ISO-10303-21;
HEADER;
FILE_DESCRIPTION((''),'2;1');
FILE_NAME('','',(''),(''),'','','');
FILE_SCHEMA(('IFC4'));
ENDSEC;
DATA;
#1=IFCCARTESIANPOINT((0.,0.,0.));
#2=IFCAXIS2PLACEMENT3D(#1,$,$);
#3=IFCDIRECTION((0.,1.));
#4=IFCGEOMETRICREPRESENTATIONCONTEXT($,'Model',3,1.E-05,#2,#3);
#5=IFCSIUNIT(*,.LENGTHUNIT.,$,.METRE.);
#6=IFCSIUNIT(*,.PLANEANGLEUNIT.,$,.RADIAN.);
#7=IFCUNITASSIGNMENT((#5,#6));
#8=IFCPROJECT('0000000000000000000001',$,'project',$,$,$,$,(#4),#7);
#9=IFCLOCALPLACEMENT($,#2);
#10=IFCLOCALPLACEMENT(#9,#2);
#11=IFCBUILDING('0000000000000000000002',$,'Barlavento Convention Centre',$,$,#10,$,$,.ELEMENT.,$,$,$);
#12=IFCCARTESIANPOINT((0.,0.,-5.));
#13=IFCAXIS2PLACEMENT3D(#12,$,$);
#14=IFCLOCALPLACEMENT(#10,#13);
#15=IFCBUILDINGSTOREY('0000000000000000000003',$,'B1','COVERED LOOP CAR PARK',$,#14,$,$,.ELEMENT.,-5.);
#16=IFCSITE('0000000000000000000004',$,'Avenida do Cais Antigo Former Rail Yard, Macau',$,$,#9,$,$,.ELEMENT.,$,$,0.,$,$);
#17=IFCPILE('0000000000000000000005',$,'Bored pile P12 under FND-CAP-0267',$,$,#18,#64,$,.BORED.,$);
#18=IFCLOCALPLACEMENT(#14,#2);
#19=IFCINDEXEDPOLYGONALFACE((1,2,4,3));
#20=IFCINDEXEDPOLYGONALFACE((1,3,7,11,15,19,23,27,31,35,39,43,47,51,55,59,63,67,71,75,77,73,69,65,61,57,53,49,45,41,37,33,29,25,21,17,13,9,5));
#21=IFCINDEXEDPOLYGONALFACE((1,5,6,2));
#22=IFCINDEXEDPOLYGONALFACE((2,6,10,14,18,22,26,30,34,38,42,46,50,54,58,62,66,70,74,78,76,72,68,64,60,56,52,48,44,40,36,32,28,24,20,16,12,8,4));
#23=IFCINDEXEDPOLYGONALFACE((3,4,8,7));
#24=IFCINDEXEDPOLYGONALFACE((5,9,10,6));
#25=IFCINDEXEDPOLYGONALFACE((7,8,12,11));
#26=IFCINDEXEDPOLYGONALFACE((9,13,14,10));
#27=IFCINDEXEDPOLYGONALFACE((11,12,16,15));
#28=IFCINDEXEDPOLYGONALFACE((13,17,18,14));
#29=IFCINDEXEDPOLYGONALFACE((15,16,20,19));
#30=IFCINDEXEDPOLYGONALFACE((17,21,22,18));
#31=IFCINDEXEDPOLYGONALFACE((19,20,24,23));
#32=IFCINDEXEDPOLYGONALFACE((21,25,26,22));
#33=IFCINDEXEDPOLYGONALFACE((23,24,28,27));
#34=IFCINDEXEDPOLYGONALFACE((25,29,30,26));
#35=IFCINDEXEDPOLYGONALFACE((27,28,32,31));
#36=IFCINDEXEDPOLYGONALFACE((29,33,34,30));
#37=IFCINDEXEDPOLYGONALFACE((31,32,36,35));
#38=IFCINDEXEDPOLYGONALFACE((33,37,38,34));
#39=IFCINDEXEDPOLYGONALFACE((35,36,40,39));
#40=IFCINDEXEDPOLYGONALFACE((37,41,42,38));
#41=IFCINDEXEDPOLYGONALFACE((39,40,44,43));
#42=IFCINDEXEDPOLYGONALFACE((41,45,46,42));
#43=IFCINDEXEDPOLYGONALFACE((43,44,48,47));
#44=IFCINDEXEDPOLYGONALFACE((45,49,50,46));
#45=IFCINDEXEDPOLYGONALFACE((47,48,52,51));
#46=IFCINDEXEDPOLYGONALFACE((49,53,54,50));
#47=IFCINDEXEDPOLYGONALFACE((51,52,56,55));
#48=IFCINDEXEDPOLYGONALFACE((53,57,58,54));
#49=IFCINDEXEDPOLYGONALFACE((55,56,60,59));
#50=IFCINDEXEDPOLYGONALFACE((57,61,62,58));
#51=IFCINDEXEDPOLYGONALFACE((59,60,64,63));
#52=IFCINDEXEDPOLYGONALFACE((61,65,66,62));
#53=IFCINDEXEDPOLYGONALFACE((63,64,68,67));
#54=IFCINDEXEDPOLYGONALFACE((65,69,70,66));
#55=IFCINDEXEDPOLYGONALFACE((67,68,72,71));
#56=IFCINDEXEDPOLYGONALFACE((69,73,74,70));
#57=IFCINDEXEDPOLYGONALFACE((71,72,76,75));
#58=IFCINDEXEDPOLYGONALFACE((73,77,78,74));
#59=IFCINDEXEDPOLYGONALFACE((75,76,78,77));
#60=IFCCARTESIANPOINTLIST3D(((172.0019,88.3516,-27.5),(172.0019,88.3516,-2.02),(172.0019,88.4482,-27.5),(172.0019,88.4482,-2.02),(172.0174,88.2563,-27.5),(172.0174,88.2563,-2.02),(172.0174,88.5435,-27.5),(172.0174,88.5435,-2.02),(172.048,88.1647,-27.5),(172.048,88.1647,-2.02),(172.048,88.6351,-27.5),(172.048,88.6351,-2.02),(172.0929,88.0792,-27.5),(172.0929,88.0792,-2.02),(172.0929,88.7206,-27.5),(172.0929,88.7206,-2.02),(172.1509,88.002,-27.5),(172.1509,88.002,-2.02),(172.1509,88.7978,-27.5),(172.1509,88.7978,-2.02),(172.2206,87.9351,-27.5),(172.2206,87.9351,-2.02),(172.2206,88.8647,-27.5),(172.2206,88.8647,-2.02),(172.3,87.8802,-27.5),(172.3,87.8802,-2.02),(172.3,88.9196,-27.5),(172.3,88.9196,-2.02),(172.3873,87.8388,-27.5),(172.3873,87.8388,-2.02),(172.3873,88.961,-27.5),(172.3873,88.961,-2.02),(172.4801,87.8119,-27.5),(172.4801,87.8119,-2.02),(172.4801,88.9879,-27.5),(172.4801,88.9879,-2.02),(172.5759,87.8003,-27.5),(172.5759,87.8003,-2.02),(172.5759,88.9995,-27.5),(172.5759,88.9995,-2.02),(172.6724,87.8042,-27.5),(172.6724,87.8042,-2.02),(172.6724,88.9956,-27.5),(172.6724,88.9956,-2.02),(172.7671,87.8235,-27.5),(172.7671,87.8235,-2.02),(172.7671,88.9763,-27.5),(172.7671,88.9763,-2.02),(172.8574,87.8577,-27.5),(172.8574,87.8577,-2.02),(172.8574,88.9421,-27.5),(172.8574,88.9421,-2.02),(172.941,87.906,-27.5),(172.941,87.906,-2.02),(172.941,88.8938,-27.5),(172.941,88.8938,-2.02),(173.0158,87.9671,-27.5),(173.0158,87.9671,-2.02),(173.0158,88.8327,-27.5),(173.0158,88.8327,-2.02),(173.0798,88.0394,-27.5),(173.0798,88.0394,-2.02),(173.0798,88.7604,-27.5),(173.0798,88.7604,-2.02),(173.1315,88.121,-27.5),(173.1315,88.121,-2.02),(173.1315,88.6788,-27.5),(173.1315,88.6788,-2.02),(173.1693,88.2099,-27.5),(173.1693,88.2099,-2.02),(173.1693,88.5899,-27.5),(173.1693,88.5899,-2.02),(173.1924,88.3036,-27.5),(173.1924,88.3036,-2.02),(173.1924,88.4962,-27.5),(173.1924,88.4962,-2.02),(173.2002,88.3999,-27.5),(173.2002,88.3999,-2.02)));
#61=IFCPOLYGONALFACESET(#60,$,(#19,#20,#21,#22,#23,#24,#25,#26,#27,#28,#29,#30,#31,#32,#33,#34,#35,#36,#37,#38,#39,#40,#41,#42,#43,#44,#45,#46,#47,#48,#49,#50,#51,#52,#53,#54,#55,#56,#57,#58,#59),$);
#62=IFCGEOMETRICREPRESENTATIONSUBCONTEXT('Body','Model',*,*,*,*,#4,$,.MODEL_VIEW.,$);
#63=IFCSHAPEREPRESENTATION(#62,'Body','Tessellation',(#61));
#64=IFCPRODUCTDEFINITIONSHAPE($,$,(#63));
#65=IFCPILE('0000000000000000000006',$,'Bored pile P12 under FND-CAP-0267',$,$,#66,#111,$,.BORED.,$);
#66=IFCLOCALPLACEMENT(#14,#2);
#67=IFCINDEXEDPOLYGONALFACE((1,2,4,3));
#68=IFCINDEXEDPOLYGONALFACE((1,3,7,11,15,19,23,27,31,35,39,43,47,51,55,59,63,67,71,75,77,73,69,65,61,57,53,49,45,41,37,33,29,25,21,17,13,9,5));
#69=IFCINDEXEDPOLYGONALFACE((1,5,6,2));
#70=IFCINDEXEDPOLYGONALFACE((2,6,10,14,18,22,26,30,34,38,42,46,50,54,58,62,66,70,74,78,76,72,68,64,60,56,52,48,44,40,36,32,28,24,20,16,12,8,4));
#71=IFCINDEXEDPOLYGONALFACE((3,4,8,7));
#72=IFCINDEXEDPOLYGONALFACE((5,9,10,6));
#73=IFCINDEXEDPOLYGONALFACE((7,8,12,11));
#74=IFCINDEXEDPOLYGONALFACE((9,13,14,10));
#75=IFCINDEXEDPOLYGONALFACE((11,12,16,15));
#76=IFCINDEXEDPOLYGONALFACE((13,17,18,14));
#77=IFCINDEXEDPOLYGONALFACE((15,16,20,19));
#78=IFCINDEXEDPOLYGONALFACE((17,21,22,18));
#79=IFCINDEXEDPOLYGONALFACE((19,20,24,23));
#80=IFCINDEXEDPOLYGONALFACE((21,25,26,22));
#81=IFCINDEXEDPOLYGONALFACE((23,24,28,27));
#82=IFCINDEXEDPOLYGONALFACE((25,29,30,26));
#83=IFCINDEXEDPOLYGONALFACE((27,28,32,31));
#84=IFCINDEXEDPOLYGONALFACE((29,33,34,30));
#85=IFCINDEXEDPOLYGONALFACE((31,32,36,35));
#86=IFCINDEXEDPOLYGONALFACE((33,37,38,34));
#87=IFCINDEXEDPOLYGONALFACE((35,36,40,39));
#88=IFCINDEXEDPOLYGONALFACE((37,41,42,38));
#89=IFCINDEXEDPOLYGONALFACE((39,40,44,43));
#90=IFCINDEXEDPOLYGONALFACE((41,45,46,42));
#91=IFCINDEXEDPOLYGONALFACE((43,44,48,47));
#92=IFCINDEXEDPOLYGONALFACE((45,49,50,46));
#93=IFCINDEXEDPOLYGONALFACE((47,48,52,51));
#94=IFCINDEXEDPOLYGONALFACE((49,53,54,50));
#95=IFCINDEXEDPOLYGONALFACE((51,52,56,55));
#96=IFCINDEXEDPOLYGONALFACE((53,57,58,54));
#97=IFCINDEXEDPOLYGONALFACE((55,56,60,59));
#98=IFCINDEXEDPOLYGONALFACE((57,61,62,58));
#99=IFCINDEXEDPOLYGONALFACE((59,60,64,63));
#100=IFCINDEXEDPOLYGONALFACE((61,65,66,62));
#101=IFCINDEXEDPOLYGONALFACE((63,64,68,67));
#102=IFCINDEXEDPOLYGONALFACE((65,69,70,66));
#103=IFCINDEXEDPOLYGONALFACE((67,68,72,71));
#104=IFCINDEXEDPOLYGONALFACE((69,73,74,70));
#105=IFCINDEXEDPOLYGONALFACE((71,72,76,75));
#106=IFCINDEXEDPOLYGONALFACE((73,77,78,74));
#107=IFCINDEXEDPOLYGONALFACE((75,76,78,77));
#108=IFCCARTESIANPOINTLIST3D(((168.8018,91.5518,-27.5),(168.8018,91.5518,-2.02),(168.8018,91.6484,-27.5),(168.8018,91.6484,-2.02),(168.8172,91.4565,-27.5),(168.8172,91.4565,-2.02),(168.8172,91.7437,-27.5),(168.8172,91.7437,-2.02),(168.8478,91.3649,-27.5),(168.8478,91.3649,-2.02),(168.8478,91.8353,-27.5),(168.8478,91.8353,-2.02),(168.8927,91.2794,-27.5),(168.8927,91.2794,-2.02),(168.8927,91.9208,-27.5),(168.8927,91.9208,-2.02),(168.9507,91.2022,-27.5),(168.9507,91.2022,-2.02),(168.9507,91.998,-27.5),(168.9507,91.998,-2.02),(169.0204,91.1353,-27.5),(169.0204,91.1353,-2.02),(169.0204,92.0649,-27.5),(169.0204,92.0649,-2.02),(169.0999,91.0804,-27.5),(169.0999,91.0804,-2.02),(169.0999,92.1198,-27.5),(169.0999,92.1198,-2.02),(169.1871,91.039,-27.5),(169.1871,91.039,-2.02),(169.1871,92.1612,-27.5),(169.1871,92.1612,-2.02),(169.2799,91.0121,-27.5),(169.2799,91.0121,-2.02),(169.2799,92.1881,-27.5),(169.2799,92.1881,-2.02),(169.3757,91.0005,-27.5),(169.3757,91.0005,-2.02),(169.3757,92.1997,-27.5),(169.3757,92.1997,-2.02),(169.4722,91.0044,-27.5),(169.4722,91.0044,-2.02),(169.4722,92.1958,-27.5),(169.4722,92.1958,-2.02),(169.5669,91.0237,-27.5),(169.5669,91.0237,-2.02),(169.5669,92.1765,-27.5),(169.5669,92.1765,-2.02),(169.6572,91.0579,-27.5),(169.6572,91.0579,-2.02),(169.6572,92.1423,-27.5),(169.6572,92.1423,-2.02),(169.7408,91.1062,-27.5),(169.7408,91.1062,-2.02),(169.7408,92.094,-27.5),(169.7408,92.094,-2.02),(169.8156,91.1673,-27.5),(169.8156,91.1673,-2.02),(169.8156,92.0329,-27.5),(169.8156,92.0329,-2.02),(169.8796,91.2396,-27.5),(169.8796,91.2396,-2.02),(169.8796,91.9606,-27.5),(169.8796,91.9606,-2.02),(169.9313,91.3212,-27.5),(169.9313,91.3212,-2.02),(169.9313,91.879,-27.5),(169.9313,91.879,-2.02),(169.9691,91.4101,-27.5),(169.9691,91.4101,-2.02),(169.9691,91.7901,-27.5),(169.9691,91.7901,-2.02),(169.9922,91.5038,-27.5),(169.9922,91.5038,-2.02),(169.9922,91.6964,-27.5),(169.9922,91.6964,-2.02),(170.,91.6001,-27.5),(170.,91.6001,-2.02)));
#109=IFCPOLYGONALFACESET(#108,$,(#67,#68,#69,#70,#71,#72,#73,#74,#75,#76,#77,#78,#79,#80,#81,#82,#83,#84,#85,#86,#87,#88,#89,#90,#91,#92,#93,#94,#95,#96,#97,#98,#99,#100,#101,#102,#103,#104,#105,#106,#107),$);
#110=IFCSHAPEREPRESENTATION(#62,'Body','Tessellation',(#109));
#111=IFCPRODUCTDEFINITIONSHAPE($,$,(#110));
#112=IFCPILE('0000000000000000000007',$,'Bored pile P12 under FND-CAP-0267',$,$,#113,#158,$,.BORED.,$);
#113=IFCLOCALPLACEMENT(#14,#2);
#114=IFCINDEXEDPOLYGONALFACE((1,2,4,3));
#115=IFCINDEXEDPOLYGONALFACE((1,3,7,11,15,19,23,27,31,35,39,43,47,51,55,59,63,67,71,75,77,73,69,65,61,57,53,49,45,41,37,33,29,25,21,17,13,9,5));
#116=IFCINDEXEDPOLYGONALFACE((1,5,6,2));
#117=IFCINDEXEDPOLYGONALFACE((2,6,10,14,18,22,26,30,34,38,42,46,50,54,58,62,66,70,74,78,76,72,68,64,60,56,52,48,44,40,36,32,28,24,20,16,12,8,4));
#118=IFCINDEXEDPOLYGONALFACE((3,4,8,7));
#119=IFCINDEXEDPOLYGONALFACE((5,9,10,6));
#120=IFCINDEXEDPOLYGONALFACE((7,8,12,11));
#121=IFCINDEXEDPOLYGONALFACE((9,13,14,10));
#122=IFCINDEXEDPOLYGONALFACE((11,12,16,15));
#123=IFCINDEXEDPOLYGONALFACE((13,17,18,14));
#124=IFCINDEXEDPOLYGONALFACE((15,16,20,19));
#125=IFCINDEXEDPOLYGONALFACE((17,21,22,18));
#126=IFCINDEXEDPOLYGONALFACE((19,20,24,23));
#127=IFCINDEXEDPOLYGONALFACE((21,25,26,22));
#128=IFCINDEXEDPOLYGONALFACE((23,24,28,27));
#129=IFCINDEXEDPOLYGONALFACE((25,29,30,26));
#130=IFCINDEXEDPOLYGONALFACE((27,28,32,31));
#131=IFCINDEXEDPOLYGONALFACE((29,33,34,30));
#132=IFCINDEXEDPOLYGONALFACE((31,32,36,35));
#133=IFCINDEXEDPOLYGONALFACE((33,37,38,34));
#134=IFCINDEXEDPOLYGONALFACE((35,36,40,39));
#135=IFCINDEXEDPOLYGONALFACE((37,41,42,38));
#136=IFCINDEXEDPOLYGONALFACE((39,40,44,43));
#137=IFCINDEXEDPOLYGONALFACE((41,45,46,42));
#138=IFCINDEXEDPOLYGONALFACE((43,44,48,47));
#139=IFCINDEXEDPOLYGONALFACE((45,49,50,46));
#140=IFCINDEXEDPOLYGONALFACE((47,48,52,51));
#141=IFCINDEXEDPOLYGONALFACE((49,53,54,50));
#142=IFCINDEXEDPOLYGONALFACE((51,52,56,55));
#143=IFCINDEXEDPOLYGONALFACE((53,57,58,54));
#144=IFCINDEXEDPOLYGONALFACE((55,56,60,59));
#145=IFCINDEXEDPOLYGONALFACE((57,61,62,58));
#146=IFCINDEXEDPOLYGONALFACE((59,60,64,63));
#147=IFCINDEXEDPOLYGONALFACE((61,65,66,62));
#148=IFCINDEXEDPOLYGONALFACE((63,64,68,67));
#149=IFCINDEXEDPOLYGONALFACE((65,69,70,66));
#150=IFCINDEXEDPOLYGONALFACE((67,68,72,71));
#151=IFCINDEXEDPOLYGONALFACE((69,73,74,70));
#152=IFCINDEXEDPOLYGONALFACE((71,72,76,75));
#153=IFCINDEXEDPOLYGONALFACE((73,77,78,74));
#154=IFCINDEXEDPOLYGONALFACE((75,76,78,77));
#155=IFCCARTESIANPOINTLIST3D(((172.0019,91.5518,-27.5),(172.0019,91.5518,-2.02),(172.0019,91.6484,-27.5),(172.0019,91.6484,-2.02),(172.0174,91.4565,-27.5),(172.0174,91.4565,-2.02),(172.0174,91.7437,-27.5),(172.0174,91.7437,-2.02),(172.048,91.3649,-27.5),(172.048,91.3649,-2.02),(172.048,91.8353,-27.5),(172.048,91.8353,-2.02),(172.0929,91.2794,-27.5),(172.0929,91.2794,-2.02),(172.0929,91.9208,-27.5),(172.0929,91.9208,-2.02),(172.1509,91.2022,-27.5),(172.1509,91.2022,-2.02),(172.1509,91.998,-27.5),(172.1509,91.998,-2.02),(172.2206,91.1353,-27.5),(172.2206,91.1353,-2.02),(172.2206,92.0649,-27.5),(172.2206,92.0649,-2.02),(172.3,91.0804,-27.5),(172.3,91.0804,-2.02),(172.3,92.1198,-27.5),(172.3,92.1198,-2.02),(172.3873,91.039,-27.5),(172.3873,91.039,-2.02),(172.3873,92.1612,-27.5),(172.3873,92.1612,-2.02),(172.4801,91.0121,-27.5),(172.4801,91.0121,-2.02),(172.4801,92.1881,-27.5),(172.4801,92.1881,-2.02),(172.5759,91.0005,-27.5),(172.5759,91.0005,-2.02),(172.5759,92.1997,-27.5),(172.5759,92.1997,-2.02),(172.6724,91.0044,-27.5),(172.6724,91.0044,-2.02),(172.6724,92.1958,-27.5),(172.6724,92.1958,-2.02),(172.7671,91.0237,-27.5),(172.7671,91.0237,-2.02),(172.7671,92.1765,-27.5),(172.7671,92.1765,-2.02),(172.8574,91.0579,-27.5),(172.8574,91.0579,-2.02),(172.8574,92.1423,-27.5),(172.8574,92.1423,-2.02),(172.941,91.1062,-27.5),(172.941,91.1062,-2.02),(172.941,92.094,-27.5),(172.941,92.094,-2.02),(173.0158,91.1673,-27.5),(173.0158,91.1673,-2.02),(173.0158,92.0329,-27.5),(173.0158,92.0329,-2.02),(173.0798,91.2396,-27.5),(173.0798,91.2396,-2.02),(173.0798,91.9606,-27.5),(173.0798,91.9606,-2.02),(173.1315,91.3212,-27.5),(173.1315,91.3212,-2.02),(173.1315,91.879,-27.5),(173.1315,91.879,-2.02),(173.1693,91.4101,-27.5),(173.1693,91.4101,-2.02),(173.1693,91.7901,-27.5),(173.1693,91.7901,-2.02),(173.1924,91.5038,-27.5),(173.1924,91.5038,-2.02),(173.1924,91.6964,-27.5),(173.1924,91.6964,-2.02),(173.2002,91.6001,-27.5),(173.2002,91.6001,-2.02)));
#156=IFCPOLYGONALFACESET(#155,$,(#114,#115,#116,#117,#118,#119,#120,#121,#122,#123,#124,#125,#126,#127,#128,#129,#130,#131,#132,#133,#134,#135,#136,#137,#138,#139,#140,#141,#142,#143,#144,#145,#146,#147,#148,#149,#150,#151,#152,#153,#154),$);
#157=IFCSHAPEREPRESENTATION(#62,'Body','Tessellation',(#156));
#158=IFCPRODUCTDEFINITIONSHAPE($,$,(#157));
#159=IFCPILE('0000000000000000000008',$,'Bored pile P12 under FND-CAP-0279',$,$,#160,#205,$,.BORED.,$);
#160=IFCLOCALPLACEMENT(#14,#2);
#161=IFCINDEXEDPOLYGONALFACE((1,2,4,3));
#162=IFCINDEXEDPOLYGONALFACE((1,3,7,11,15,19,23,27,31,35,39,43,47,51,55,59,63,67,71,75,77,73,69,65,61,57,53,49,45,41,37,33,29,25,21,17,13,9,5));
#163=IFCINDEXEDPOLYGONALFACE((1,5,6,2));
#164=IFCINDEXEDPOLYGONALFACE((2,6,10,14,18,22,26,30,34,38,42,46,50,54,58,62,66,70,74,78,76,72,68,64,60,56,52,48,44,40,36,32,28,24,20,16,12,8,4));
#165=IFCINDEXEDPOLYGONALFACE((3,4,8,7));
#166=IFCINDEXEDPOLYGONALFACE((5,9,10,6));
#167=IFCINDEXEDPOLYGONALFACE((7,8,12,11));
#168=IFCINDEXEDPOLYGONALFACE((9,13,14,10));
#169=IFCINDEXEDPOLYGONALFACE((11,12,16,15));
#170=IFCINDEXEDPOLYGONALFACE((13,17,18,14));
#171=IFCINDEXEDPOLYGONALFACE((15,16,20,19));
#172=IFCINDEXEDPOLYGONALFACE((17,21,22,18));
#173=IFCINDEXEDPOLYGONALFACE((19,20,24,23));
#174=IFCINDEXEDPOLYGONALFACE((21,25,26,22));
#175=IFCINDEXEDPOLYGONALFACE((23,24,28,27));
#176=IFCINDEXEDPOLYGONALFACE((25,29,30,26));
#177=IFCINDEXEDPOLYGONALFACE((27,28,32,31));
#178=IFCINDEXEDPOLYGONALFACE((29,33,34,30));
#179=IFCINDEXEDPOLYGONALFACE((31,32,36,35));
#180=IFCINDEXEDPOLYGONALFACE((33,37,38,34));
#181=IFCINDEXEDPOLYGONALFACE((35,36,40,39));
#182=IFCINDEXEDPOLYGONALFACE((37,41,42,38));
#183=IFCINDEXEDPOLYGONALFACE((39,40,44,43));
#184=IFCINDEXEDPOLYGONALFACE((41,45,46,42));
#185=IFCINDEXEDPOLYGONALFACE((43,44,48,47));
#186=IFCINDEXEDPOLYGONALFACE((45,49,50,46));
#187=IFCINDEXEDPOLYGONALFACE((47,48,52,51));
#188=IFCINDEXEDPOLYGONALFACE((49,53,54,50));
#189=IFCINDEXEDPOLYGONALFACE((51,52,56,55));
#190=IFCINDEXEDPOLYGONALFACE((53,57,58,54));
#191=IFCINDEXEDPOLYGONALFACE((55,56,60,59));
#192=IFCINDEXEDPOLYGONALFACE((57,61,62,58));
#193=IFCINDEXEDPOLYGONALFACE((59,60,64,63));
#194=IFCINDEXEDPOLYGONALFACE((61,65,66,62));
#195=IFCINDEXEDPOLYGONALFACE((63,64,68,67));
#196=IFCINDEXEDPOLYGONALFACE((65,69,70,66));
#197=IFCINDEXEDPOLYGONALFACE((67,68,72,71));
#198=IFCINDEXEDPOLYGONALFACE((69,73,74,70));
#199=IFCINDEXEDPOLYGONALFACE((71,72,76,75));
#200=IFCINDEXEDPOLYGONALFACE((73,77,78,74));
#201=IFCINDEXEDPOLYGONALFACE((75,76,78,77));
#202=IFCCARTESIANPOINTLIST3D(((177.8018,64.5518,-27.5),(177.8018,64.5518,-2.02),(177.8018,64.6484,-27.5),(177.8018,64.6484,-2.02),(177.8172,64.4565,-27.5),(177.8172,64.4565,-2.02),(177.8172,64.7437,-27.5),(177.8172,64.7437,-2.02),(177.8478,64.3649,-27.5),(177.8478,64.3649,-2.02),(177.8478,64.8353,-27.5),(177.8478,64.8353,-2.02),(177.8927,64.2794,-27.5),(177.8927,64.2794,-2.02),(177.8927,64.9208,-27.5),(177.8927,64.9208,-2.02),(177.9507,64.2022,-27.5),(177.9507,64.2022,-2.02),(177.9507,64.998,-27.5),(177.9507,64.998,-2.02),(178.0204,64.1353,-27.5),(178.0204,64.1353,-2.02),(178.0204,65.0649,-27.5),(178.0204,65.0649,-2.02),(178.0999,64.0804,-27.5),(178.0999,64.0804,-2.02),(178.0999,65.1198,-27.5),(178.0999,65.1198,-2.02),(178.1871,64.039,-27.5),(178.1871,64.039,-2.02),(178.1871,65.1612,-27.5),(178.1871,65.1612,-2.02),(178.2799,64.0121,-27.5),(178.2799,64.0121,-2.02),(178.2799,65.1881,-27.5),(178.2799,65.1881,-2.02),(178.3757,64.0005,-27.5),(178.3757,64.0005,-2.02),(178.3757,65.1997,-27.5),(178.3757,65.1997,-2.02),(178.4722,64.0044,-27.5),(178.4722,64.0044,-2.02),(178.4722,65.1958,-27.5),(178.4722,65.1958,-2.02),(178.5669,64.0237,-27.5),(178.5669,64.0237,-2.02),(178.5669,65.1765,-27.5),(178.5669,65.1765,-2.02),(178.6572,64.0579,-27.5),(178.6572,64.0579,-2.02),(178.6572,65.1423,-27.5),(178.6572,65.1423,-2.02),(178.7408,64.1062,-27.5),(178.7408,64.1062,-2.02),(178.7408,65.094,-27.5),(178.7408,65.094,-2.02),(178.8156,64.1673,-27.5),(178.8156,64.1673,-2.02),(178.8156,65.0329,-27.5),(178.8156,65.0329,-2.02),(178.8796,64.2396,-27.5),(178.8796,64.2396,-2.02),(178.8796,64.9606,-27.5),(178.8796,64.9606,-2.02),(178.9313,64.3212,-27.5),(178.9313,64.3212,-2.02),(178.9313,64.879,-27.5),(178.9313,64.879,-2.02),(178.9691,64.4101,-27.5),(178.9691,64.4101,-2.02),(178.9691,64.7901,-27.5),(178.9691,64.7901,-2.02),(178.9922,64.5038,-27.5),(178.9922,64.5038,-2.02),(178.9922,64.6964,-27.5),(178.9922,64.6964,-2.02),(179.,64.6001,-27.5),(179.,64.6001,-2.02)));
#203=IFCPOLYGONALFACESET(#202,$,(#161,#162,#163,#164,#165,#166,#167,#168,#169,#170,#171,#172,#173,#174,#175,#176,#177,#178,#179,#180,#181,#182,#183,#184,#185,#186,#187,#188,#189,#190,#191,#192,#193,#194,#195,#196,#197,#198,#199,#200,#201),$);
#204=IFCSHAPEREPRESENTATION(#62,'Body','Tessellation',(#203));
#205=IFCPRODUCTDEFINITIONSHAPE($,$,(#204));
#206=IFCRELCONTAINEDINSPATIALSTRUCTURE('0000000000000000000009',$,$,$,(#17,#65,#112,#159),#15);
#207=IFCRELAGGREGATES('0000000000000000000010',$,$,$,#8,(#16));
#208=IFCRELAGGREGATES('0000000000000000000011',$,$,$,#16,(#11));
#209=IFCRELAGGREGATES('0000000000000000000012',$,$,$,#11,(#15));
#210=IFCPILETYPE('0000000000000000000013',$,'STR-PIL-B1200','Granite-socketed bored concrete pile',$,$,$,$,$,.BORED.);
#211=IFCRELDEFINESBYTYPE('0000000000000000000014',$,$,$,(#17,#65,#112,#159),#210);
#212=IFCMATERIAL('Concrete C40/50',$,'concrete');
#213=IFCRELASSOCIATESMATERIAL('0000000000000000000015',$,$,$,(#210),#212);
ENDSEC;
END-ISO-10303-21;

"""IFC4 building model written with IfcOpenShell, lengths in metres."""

from ifc_helpers import new_model, si_unit, direction, frame, origin, origin_2d, place, context, subcontext, project, spatial, circle, extrude, material, material_profile, profile_set, type_object, element, save


model = new_model("IFC4")

# Units and contexts
model_context = context("Model", 3, precision=1e-05, world=origin(), true_north=direction((0.0, 1.0)))
body_context = subcontext(model_context, "Body", "Model", "MODEL_VIEW")
ifc_project = project(units=[si_unit("LENGTHUNIT", "METRE"), si_unit("PLANEANGLEUNIT", "RADIAN")], contexts=[model_context])

# Site, building, storey
site_placement = place(None, origin())
site = spatial("IfcSite", under=ifc_project, at=site_placement, Name="Avenida do Cais Antigo Former Rail Yard, Macau", CompositionType="ELEMENT", RefElevation=0.0)
building_placement = place(site_placement, origin())
building = spatial("IfcBuilding", under=site, at=building_placement, Name="Barlavento Convention Centre", CompositionType="ELEMENT")
storey_placement = place(building_placement, frame((0.0, 0.0, -5.0)))
storey = spatial("IfcBuildingStorey", under=building, at=storey_placement, Name="B1", Description="COVERED LOOP CAR PARK", CompositionType="ELEMENT", Elevation=-5.0)

# Shared definitions
ifc_material_1 = material(Name="Concrete C40/50", Category="concrete")

# Piles
ifc_material_profile_1 = material_profile(ifc_material_1, circle(Radius=0.6001, at=origin_2d()), Name="BORED PILE 1200")
ifc_profile_set_1 = profile_set([ifc_material_profile_1], Name="Concrete C40/50")
pile_type_1 = type_object("IfcPileType", Name="STR-PIL-B1200", Description="Granite-socketed bored concrete pile", PredefinedType="BORED", material=ifc_profile_set_1)
for number, where, z_axis, x_axis, name in (
    (1, (172.6001, 88.3999, -2.02), (0.0, 0.0, -1.0), (1.0, 0.0, 0.0), "Bored pile P12 under FND-CAP-0267"),
    (2, (169.3999, 91.6001, -2.02), (0.0, 0.0, -1.0), (1.0, 0.0, 0.0), "Bored pile P12 under FND-CAP-0267"),
    (3, (172.6001, 91.6001, -2.02), (0.0, 0.0, -1.0), (1.0, 0.0, 0.0), "Bored pile P12 under FND-CAP-0267"),
    (4, (178.3999, 64.6001, -2.02), (0.0, 0.0, -1.0), (1.0, 0.0, 0.0), "Bored pile P12 under FND-CAP-0279"),
):
    element("IfcPile", number, at=place(storey_placement, frame(where, z_axis=z_axis, x_axis=x_axis)), inside=storey, type_object=pile_type_1, Name=name, PredefinedType="BORED", context=body_context, shape_type="SweptSolid", body=[
        extrude(circle(Radius=0.6001, at=origin_2d()), origin(), (0.0, 0.0, 1.0), 25.48),
    ])

save(model, "model.ifc")
